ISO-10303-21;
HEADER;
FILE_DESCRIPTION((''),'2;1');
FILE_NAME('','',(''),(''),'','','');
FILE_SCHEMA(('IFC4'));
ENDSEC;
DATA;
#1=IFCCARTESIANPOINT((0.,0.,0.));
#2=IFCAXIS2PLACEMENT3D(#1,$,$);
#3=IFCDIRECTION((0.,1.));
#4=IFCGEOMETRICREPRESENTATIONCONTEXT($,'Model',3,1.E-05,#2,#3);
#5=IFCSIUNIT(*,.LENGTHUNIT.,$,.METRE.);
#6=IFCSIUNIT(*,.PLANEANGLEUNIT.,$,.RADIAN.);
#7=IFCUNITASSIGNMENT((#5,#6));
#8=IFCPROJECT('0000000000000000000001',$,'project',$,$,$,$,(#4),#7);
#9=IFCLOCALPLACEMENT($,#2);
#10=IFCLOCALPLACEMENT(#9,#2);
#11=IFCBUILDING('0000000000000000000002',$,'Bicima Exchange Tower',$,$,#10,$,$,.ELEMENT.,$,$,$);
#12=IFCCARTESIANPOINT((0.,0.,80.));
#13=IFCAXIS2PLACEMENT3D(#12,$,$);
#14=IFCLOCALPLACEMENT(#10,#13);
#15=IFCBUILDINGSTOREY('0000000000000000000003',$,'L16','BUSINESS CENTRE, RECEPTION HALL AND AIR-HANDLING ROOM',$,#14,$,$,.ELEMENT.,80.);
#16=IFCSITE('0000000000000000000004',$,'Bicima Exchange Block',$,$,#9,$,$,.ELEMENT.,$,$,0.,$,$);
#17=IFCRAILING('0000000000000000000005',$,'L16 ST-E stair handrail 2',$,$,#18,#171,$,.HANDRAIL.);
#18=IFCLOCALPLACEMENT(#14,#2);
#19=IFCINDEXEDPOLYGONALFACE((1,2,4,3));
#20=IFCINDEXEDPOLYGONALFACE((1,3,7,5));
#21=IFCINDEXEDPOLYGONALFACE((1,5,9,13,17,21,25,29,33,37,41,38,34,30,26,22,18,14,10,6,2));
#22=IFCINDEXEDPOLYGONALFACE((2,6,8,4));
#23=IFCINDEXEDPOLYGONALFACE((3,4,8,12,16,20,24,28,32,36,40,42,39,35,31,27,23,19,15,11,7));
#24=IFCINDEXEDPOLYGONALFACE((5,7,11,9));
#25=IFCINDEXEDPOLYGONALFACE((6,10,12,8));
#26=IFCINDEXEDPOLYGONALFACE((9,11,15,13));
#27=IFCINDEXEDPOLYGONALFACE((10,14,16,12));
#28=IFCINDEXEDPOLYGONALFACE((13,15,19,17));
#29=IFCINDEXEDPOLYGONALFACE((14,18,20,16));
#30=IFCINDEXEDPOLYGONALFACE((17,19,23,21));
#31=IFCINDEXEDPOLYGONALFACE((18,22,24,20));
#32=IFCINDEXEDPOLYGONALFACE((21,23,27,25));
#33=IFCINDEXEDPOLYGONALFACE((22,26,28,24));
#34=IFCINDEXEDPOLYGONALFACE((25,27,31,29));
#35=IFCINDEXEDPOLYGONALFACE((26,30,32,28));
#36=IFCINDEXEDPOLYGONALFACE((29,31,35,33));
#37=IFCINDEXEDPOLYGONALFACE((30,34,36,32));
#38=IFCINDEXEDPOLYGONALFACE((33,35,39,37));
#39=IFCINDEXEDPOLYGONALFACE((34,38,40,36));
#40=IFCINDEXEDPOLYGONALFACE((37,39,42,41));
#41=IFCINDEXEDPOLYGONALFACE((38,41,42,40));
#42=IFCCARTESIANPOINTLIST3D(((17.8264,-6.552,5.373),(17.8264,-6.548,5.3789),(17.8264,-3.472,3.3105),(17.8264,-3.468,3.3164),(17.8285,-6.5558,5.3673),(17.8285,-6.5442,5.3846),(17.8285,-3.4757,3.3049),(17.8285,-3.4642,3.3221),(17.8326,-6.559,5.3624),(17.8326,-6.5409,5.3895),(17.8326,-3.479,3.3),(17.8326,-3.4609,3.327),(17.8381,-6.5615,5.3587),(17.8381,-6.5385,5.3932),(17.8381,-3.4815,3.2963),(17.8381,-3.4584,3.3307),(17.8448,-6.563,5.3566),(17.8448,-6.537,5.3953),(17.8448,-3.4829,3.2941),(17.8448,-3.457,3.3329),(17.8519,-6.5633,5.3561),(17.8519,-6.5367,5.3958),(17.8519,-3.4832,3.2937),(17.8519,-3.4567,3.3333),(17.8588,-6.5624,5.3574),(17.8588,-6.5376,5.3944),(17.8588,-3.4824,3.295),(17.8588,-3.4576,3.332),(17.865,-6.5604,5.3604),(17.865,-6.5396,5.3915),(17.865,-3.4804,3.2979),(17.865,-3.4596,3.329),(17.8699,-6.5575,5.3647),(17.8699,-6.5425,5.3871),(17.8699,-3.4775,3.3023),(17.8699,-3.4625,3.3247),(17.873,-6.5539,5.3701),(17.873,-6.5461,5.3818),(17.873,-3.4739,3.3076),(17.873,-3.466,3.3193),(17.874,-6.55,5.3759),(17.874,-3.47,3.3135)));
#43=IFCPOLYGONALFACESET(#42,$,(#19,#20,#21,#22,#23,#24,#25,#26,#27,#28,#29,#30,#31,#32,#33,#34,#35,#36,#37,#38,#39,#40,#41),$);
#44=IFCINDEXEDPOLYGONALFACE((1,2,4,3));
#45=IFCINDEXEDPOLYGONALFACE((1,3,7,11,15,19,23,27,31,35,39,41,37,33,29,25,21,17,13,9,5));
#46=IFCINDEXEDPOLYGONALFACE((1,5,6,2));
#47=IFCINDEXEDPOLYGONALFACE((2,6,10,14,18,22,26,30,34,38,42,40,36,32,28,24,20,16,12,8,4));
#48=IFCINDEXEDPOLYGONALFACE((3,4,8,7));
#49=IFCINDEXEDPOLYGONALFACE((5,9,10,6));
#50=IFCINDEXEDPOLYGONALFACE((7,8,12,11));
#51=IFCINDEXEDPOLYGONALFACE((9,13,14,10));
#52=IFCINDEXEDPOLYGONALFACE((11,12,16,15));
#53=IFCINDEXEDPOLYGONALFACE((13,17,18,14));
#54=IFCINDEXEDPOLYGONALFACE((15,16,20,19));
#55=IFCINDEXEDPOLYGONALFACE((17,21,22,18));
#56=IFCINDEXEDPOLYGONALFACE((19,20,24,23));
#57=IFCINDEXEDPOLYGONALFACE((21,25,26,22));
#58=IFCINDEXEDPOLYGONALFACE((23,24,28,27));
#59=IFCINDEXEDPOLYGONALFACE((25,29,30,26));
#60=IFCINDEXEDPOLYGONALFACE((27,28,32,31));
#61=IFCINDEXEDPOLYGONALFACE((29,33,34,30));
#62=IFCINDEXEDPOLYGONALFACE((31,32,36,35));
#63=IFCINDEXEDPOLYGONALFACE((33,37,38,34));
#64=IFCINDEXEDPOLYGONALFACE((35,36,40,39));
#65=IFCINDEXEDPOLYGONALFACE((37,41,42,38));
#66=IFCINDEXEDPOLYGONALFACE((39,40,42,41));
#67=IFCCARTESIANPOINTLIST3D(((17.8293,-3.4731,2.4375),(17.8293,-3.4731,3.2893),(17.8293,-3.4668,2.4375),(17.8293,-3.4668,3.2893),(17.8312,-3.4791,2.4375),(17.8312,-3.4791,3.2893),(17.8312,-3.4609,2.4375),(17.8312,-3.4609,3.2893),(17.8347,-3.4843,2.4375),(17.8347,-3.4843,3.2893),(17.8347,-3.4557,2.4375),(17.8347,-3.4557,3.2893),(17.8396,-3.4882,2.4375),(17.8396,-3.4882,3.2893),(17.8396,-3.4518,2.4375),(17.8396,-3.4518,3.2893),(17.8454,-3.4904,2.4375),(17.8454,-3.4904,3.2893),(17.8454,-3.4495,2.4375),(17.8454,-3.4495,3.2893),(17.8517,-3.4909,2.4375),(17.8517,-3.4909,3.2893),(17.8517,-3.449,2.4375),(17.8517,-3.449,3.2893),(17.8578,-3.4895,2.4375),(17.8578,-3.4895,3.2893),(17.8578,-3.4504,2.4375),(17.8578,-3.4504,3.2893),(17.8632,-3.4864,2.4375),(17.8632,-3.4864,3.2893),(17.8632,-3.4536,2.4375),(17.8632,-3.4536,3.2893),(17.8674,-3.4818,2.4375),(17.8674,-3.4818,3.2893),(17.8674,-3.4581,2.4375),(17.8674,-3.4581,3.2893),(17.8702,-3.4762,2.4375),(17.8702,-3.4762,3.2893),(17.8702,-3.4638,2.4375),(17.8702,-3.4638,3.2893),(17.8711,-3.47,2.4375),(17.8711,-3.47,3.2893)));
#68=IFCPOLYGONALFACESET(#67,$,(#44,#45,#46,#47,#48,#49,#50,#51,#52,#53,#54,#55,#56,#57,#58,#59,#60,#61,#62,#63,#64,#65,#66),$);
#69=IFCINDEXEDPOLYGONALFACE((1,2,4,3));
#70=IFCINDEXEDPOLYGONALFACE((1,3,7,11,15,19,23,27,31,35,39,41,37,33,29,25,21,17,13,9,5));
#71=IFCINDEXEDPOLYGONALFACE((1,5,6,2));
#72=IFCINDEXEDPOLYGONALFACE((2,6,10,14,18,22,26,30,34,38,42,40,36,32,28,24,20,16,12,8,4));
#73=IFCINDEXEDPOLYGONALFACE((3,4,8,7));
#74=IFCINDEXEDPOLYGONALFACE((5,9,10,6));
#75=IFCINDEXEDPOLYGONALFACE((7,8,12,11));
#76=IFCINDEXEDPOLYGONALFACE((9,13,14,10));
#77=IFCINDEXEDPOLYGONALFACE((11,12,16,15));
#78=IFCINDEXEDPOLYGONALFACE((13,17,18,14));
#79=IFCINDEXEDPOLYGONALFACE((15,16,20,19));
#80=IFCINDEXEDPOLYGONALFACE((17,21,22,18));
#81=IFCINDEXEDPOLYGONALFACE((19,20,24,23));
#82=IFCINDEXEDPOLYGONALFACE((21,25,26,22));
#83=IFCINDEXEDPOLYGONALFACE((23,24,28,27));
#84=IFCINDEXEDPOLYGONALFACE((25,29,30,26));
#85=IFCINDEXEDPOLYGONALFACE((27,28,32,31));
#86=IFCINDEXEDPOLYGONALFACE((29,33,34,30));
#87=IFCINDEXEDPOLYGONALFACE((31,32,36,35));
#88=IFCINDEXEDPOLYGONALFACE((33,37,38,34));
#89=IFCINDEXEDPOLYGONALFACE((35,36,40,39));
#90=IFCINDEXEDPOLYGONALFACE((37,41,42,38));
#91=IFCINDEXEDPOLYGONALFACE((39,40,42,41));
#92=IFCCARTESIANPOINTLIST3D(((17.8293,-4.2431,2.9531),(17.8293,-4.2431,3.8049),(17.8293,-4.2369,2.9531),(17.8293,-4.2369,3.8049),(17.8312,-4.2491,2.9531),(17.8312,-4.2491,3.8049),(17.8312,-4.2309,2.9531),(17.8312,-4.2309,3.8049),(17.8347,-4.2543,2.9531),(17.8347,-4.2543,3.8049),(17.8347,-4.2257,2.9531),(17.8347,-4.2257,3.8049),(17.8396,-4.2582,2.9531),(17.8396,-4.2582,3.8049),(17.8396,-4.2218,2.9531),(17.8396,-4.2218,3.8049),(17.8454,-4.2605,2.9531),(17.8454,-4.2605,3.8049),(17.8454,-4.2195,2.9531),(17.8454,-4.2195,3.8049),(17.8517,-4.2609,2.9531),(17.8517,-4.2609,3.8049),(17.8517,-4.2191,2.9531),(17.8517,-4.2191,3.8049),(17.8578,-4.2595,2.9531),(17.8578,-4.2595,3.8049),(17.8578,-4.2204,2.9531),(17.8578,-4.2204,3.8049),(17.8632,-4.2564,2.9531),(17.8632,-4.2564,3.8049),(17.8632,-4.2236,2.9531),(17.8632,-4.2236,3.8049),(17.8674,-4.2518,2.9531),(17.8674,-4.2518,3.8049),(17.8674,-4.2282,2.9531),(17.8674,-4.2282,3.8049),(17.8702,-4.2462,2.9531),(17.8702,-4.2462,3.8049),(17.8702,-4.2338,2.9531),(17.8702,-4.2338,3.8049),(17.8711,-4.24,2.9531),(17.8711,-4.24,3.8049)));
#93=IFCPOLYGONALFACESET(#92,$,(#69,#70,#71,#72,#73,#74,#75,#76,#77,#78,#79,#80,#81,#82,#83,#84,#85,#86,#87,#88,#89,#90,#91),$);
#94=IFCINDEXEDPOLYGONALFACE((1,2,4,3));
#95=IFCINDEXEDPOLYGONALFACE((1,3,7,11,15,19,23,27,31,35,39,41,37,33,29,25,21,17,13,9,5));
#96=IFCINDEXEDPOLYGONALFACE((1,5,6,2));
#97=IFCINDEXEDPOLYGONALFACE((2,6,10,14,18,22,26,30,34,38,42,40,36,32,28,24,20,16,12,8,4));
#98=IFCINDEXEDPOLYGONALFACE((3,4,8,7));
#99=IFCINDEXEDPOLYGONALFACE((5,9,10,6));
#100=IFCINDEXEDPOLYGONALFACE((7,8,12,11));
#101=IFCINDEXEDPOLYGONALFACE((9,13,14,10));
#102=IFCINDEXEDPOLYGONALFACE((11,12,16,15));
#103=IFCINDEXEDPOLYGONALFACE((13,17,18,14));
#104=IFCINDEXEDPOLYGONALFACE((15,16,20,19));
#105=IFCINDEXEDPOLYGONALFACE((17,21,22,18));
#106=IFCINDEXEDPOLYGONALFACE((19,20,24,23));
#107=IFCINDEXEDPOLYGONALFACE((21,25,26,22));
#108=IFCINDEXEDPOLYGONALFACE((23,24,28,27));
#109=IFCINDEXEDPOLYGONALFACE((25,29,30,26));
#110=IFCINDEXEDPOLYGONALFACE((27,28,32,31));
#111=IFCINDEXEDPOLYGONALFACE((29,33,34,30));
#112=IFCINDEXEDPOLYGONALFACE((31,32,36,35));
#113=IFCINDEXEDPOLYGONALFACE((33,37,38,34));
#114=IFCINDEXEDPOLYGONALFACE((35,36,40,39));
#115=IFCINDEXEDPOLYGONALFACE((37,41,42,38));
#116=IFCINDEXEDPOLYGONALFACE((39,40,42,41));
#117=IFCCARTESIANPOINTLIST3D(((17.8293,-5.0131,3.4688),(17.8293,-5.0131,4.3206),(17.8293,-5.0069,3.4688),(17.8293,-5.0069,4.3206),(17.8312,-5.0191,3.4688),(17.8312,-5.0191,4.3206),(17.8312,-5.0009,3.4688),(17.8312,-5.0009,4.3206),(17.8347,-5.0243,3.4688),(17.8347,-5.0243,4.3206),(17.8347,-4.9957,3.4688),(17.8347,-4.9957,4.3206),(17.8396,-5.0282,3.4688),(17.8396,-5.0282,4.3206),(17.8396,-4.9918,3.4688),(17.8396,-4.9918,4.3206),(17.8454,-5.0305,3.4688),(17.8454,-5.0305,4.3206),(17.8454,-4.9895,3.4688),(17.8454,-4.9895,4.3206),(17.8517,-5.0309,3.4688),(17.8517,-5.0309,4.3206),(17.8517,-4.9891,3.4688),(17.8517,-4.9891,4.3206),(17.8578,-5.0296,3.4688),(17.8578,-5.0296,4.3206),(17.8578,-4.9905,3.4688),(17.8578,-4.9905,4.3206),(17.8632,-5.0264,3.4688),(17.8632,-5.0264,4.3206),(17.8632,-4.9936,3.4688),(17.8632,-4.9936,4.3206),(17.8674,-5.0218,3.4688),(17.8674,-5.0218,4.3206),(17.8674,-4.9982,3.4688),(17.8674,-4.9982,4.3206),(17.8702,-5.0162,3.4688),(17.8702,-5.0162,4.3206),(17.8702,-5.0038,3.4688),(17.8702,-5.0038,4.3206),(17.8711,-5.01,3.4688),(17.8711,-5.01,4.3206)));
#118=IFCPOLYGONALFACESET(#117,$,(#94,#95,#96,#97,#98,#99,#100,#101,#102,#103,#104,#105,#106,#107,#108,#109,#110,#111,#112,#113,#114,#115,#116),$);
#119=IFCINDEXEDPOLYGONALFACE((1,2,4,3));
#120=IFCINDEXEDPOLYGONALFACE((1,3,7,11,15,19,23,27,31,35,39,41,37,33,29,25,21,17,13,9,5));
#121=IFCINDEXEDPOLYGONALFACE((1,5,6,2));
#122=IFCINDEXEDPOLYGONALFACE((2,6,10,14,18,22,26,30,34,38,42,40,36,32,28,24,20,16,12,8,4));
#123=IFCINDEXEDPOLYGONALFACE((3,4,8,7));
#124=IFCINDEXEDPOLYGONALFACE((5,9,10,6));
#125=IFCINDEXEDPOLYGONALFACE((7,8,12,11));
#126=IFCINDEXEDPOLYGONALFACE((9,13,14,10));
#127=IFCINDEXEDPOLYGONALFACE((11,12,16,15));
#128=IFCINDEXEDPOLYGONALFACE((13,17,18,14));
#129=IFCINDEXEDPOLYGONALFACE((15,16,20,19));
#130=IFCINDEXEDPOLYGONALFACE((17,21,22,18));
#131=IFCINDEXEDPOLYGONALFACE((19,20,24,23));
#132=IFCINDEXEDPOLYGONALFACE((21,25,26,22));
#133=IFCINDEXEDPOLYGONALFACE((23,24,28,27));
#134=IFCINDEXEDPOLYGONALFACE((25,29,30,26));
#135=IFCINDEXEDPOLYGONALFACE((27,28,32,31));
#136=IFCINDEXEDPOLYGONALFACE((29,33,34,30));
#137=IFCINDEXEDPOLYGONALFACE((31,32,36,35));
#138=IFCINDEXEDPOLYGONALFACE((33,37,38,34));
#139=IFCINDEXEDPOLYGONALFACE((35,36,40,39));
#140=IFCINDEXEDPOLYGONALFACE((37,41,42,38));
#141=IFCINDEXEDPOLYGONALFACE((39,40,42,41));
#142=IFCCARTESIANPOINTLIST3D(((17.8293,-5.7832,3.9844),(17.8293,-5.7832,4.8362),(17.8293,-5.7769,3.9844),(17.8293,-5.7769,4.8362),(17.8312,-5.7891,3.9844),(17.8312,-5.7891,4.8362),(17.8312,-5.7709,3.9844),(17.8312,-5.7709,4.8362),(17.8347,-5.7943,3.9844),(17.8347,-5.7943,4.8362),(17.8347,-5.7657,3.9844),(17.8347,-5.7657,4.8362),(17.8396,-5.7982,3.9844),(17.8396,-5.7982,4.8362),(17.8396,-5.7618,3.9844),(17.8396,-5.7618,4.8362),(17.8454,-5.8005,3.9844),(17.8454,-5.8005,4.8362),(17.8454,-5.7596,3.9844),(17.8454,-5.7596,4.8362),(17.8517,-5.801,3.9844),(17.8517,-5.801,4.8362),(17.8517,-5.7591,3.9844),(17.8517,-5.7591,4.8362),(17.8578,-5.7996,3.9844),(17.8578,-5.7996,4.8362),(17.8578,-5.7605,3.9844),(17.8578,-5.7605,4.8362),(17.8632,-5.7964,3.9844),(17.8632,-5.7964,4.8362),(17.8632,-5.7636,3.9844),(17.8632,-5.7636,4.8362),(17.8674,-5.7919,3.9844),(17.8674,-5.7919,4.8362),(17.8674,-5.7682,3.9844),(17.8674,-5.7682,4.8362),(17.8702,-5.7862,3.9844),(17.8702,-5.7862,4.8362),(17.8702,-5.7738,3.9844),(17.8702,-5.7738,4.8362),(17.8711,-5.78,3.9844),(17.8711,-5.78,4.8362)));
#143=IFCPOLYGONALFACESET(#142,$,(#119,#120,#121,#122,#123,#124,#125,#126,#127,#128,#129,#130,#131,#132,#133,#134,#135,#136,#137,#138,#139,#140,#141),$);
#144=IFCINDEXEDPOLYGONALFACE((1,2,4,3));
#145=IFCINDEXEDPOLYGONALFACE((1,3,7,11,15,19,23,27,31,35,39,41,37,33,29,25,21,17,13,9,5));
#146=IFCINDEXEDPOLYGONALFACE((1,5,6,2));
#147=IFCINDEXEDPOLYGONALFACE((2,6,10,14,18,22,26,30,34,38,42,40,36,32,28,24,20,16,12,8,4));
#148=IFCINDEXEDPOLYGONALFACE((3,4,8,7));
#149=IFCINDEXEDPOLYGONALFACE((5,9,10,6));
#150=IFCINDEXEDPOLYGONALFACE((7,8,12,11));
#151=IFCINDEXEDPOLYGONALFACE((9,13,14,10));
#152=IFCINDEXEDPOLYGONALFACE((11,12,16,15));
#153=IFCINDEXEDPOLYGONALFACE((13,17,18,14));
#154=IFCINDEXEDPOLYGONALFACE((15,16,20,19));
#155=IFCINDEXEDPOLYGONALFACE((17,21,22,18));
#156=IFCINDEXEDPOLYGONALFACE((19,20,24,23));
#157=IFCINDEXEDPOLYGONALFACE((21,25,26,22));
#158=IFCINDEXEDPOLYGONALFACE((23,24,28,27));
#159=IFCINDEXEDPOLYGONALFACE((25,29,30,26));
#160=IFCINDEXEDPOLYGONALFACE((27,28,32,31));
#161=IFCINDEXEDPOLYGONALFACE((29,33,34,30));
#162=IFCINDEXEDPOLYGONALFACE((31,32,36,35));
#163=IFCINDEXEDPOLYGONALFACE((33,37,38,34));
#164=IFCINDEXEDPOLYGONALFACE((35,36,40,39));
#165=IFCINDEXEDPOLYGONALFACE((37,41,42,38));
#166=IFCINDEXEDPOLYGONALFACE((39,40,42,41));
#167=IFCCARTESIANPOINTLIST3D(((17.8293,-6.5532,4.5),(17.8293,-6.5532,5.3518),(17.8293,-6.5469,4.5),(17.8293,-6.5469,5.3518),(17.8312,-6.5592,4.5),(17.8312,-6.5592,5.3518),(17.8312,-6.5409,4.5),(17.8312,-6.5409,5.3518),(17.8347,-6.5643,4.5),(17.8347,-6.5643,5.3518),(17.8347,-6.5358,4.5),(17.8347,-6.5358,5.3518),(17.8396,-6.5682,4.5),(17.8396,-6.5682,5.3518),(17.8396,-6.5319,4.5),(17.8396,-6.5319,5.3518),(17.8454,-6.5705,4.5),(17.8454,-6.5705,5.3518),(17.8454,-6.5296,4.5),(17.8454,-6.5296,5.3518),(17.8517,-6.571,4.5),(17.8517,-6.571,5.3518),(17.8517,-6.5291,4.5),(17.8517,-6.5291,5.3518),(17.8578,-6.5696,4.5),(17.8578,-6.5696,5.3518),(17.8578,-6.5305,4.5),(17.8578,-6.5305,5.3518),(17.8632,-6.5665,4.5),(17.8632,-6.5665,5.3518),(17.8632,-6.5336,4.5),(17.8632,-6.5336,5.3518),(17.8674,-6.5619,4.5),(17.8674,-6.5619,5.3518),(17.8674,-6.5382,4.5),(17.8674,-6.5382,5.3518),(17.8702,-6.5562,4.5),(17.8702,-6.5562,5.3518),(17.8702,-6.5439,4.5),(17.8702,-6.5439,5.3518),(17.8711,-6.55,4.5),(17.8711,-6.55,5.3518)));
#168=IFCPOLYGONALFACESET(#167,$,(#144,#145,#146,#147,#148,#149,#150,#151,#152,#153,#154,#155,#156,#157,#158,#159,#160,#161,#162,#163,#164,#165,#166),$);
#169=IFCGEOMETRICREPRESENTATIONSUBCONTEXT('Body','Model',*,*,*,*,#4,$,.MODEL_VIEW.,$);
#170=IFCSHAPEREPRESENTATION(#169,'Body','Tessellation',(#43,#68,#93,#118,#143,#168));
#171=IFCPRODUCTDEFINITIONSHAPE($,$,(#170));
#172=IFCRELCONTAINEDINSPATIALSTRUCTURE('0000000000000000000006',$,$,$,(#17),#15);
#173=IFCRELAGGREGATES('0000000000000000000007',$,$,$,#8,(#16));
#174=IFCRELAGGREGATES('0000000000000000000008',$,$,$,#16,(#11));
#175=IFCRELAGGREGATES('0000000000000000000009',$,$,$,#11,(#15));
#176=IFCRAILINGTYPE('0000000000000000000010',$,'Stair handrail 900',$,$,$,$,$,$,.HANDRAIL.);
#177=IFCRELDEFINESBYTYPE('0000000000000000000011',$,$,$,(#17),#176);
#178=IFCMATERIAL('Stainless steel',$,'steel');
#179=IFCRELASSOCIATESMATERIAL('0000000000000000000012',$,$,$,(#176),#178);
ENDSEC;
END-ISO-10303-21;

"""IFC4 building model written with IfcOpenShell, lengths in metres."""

from ifc_helpers import new_model, si_unit, direction, frame, origin, origin_2d, place, context, subcontext, project, spatial, circle, extrude, material, type_object, element, save


model = new_model("IFC4")

# Units and contexts
model_context = context("Model", 3, precision=1e-05, world=origin(), true_north=direction((0.0, 1.0)))
body_context = subcontext(model_context, "Body", "Model", "MODEL_VIEW")
ifc_project = project(units=[si_unit("LENGTHUNIT", "METRE"), si_unit("PLANEANGLEUNIT", "RADIAN")], contexts=[model_context])

# Site, building, storey
site_placement = place(None, origin())
site = spatial("IfcSite", under=ifc_project, at=site_placement, Name="Bicima Exchange Block", CompositionType="ELEMENT", RefElevation=0.0)
building_placement = place(site_placement, origin())
building = spatial("IfcBuilding", under=site, at=building_placement, Name="Bicima Exchange Tower", CompositionType="ELEMENT")
storey_placement = place(building_placement, frame((0.0, 0.0, 80.0)))
storey = spatial("IfcBuildingStorey", under=building, at=storey_placement, Name="L16", Description="BUSINESS CENTRE, RECEPTION HALL AND AIR-HANDLING ROOM", CompositionType="ELEMENT", Elevation=80.0)

# Railing
ifc_material_1 = material(Name="Stainless steel", Category="steel")
railing_type_1 = type_object("IfcRailingType", Name="Stair handrail 900", PredefinedType="HANDRAIL", material=ifc_material_1)
railing_1_placement = place(storey_placement, frame((17.8501, -3.47, 2.4375)))
element("IfcRailing", 1, at=railing_1_placement, inside=storey, type_object=railing_type_1, Name="L16 ST-E stair handrail 2", PredefinedType="HANDRAIL", context=body_context, shape_type="SweptSolid", body=[
    extrude(circle(Radius=0.0239, at=origin_2d()), frame((0.0, 0.0, 0.876), z_axis=(0.0, -0.830914, 0.556401), x_axis=(1.0, 0.0, 0.0)), (0.0, 0.0, 1.0), 3.7068),
    extrude(circle(Radius=0.021, at=origin_2d()), origin(), (0.0, 0.0, 1.0), 0.8518),
    extrude(circle(Radius=0.021, at=origin_2d()), frame((0.0, -0.77, 0.5156)), (0.0, 0.0, 1.0), 0.8518),
    extrude(circle(Radius=0.021, at=origin_2d()), frame((0.0, -1.54, 1.0312)), (0.0, 0.0, 1.0), 0.8518),
    extrude(circle(Radius=0.021, at=origin_2d()), frame((0.0, -2.3101, 1.5469)), (0.0, 0.0, 1.0), 0.8518),
    extrude(circle(Radius=0.021, at=origin_2d()), frame((0.0, -3.0801, 2.0625)), (0.0, 0.0, 1.0), 0.8518),
])

save(model, "model.ifc")
